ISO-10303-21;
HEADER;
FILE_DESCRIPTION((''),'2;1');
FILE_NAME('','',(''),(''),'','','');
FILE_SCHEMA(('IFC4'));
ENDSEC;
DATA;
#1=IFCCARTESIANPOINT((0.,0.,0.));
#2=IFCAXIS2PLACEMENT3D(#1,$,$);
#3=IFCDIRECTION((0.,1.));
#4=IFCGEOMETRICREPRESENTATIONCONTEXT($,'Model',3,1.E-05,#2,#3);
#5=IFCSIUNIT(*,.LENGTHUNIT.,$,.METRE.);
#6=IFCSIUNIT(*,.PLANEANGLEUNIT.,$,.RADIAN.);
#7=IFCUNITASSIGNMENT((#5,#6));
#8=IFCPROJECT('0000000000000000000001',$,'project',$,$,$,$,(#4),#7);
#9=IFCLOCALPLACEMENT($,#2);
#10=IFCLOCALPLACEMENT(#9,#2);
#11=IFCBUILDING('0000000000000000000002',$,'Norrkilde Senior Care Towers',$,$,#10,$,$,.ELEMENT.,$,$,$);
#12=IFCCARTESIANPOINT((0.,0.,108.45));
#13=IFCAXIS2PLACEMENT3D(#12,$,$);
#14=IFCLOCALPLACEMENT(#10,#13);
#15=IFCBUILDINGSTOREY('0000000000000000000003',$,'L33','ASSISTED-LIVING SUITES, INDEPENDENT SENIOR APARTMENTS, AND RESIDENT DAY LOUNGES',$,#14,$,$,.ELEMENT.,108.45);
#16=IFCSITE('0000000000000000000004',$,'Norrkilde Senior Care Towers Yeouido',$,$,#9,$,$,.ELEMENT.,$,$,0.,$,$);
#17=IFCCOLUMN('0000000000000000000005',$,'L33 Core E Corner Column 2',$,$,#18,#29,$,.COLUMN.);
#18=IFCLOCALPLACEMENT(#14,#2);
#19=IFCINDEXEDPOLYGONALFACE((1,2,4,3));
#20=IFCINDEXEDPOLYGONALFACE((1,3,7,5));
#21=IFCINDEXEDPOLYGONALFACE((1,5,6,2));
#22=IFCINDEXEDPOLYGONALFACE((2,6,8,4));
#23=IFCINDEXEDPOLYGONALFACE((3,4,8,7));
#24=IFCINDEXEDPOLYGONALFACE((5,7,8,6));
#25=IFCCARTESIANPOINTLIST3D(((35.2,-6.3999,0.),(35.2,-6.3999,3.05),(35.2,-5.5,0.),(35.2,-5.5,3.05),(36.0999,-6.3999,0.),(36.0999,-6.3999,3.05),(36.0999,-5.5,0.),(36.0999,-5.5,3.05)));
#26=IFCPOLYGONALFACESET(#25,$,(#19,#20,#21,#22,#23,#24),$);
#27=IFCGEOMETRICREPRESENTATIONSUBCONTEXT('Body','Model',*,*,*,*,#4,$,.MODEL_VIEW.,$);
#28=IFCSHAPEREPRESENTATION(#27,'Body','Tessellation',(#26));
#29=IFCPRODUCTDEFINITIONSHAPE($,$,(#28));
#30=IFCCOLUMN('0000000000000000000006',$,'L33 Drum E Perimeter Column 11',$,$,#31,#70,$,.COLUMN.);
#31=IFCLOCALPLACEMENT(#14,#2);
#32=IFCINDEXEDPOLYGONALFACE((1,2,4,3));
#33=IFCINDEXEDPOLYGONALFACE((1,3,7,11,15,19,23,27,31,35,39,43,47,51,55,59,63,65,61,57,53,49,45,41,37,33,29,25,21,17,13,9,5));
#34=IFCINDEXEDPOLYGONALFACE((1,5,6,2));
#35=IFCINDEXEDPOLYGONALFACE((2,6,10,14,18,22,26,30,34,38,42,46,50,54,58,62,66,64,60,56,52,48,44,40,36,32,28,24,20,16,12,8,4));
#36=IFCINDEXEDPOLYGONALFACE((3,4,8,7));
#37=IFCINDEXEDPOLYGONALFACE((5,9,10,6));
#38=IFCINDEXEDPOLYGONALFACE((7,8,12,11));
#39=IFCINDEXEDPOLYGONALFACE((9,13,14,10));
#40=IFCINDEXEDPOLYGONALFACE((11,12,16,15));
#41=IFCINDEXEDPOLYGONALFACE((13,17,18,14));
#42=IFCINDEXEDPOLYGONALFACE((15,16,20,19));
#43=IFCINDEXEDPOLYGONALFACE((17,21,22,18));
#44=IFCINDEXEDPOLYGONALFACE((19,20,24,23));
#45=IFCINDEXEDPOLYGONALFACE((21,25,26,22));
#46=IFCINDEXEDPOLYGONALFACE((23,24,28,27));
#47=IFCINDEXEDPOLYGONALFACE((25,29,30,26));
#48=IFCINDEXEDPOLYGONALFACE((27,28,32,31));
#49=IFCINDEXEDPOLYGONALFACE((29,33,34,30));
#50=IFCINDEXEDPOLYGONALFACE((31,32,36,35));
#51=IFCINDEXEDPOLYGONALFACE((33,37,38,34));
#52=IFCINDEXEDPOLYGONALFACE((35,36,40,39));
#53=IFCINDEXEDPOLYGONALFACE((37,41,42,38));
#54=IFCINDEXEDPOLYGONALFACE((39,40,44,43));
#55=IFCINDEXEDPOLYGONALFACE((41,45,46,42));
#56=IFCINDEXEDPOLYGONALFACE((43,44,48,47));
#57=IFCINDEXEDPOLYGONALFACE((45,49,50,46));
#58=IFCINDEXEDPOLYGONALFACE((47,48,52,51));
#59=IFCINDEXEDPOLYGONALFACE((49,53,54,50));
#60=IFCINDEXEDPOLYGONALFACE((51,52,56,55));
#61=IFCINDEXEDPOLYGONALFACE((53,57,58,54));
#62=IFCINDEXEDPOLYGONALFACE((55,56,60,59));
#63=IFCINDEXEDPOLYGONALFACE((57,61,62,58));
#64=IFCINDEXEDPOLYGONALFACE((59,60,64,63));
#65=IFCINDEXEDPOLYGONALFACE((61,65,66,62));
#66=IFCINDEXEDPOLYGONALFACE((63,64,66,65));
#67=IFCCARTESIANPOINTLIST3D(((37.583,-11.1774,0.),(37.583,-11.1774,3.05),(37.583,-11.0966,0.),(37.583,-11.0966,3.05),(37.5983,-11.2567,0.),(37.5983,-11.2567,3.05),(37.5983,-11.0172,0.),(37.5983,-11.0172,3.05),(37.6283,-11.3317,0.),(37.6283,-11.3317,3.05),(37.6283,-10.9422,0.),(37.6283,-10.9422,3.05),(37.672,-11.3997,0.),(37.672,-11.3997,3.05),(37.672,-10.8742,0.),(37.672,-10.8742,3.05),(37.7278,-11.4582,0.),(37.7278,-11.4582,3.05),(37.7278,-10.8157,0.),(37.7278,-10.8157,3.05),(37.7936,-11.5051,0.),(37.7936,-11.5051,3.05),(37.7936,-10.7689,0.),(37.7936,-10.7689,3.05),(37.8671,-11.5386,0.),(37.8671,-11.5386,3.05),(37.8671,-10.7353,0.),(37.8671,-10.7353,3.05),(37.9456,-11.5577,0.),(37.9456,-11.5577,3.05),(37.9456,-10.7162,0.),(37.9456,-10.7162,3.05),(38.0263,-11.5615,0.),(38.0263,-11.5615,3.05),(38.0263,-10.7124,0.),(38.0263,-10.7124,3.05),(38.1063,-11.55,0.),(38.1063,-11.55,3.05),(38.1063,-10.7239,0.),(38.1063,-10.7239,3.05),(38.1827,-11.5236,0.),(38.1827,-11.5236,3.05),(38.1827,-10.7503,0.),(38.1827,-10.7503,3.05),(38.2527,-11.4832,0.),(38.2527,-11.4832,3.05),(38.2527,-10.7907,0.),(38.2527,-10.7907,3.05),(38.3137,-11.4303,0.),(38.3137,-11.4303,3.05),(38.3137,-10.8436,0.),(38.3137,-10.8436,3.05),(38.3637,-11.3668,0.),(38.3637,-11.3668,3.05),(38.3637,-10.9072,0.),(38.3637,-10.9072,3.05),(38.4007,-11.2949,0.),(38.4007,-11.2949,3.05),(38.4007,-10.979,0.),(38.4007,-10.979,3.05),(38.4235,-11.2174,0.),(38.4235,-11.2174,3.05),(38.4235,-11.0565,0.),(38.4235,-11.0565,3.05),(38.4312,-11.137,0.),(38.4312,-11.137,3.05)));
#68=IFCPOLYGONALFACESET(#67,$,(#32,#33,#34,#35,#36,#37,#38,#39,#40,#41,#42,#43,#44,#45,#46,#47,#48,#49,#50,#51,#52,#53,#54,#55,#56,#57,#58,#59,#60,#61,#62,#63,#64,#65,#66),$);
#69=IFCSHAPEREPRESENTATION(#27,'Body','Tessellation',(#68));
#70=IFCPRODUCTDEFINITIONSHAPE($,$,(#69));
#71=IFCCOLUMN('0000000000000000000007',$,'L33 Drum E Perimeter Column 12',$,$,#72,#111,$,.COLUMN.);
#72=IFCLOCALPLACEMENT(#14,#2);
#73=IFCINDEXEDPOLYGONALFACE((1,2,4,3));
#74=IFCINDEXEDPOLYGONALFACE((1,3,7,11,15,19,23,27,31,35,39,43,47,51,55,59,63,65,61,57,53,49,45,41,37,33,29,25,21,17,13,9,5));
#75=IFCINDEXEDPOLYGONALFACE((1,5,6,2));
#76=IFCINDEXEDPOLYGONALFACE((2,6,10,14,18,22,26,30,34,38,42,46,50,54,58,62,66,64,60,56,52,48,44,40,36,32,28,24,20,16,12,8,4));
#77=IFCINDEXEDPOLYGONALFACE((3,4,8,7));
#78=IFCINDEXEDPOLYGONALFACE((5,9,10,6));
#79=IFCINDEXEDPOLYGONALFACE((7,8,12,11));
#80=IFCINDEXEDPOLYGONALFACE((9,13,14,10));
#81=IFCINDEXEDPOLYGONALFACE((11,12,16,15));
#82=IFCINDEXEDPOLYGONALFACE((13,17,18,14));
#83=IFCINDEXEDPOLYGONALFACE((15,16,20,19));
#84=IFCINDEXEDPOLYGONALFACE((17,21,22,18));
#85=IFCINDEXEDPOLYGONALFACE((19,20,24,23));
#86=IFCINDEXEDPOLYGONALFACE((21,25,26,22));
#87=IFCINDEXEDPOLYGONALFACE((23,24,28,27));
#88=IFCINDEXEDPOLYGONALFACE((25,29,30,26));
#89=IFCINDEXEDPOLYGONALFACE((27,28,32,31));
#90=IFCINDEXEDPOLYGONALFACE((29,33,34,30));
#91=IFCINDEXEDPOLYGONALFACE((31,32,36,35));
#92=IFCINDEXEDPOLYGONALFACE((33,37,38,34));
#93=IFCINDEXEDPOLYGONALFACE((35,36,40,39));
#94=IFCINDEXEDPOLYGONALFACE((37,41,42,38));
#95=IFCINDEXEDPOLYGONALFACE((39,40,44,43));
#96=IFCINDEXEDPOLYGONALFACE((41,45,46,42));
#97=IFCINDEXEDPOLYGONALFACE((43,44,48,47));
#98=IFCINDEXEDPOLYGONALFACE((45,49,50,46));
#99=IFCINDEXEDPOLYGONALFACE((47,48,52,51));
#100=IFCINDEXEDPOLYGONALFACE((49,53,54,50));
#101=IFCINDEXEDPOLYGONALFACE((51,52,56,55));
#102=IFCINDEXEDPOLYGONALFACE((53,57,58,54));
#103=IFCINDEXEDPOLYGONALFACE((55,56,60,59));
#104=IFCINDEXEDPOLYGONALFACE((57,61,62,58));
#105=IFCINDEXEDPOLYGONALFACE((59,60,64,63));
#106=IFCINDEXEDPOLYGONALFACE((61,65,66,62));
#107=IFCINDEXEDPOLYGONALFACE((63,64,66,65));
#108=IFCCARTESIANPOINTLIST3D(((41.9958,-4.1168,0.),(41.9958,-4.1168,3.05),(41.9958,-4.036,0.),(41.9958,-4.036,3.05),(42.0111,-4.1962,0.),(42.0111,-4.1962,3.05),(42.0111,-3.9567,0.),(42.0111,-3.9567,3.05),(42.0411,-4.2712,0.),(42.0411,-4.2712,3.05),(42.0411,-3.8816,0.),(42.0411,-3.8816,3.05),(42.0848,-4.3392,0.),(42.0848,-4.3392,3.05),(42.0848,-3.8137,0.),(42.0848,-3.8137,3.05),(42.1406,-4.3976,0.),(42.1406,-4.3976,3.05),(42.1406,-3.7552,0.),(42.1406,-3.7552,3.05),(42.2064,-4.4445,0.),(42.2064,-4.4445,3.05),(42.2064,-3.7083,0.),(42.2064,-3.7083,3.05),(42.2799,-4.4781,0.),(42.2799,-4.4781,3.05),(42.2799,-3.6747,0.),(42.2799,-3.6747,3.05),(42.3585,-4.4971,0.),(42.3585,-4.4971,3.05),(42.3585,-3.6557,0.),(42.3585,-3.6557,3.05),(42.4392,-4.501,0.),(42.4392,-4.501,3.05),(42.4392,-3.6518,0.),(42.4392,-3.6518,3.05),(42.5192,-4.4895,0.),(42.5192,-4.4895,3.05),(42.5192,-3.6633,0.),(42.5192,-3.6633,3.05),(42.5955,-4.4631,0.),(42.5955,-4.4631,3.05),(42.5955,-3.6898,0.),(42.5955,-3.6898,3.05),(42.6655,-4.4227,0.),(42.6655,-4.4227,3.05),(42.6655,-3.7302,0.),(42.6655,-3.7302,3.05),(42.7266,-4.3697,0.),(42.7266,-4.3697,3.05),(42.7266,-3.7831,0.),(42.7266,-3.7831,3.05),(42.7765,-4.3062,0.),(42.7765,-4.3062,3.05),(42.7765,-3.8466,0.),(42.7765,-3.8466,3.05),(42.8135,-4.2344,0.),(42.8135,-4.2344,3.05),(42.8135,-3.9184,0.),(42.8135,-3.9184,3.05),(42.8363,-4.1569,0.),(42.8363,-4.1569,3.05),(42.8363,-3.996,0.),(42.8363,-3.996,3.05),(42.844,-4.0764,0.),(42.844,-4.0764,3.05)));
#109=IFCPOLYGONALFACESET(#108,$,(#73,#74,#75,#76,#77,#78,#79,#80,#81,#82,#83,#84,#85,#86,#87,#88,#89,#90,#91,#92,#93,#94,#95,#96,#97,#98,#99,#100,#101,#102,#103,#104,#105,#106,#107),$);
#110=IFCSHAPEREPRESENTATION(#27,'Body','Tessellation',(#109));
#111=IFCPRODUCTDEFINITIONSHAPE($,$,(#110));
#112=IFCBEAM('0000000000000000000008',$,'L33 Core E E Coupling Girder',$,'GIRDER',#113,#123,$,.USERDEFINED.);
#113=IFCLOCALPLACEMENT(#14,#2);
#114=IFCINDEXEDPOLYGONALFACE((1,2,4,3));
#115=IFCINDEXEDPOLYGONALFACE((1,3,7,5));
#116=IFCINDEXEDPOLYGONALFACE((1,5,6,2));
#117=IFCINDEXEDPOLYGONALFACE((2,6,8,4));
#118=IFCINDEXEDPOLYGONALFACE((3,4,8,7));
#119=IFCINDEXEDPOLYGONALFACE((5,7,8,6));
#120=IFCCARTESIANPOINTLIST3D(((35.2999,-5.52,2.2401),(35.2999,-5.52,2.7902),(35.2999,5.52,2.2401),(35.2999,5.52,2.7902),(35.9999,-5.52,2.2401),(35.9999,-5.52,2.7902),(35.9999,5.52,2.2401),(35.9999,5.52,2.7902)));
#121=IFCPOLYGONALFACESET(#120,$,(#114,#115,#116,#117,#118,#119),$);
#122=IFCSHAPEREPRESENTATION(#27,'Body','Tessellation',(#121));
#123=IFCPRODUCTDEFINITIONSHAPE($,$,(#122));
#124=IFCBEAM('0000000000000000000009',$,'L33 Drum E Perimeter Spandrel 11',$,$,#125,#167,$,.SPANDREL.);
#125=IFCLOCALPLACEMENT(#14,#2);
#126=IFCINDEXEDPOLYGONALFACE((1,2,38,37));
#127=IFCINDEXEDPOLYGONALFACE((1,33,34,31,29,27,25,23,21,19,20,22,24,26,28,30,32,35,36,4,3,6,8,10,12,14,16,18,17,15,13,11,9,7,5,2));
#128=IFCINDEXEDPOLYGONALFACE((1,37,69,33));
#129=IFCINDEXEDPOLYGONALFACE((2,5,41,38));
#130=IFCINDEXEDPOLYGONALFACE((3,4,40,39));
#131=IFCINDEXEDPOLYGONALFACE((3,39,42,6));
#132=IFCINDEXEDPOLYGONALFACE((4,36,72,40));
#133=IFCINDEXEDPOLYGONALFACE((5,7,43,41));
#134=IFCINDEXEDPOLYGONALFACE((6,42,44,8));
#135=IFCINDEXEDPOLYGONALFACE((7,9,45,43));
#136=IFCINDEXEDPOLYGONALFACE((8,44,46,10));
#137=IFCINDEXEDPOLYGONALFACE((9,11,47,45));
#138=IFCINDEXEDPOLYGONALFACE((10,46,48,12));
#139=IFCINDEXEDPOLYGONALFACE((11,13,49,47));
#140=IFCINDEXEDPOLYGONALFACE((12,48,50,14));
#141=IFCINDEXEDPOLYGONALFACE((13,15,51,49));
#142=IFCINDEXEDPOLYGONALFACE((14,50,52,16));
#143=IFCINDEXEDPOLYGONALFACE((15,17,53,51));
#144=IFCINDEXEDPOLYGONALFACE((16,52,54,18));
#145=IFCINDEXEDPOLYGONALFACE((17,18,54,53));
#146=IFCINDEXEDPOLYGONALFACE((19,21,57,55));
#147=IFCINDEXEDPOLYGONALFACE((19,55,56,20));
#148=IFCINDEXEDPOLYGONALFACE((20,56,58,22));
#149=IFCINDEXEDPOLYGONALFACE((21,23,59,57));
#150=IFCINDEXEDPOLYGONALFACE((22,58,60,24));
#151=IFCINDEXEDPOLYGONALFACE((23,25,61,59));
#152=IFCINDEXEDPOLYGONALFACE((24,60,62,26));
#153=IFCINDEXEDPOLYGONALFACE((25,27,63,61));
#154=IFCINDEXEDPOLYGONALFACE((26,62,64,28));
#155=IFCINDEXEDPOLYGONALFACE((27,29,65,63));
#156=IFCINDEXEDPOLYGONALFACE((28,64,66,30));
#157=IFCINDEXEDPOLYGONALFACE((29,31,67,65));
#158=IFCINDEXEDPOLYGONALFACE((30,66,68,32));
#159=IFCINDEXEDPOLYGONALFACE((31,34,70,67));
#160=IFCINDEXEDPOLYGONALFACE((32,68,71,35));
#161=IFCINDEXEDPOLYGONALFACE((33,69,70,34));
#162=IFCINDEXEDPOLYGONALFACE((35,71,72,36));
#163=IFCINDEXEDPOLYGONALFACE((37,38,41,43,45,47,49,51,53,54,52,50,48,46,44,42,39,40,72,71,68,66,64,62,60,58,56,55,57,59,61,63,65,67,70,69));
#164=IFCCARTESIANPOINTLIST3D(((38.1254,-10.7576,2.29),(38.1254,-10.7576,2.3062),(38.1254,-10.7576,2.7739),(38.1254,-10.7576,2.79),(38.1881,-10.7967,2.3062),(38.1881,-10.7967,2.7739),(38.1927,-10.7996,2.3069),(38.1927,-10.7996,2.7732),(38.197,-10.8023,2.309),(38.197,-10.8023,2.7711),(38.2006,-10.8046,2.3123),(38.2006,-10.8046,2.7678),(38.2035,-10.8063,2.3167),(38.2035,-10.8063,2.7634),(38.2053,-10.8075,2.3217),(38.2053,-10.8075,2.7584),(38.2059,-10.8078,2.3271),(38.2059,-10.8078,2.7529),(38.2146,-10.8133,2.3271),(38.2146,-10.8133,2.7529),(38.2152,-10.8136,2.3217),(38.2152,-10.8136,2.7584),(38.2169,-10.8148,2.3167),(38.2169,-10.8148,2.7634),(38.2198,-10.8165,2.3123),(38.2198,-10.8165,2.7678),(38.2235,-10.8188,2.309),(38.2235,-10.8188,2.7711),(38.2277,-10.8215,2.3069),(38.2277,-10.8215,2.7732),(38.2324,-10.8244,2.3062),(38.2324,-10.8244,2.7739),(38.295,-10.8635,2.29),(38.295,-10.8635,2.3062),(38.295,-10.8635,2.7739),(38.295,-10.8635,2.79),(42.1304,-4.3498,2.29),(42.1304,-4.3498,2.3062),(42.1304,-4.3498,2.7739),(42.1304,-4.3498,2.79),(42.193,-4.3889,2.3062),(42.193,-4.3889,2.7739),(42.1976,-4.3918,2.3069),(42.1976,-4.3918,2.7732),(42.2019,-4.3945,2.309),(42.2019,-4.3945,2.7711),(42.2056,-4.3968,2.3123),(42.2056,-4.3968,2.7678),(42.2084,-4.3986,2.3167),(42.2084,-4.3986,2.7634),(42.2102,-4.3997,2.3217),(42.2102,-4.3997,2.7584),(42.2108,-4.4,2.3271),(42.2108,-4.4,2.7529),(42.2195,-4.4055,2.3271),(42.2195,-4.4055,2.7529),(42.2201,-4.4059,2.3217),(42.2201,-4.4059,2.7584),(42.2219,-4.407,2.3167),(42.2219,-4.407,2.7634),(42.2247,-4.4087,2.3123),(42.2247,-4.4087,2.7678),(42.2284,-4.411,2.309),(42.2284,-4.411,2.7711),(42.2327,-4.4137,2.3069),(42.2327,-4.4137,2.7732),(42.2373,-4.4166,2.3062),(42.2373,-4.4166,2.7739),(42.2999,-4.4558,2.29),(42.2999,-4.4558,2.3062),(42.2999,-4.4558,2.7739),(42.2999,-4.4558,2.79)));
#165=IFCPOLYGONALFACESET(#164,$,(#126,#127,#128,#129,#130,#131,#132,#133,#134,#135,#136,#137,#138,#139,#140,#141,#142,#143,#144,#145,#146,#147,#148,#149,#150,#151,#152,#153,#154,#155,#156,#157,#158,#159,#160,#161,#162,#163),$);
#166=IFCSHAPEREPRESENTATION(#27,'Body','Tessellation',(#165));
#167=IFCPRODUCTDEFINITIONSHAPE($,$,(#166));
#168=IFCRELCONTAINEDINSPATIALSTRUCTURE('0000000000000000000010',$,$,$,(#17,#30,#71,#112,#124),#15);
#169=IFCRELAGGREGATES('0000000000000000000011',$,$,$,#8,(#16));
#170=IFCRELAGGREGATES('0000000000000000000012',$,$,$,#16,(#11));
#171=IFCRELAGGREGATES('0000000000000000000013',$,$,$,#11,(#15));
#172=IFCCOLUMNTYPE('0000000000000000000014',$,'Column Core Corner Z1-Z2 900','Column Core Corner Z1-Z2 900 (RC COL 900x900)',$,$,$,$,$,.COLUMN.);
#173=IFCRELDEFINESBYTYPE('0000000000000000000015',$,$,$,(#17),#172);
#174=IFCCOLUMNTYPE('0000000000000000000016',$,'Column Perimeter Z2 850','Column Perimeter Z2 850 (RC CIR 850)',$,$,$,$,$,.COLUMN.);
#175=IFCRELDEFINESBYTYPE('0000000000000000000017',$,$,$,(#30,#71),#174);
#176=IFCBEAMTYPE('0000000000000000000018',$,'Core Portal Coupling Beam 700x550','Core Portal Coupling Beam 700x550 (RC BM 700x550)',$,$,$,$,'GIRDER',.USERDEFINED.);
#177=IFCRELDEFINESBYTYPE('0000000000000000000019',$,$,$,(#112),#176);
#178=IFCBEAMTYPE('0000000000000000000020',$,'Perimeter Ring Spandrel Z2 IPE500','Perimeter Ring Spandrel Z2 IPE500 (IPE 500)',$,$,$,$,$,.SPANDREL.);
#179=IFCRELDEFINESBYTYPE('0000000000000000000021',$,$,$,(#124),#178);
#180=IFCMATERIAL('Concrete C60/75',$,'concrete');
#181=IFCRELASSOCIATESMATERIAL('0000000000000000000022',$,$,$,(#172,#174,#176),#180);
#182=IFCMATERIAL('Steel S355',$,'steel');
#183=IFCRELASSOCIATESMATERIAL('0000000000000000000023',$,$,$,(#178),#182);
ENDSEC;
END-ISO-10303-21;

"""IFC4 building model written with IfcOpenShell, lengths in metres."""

from ifc_helpers import new_model, si_unit, direction, frame, origin, origin_2d, place, context, subcontext, project, spatial, rectangle, circle, i_section, extrude, source, transform, mapped, material, material_profile, profile_set, type_object, type_shapes, element, save


model = new_model("IFC4")

# Units and contexts
model_context = context("Model", 3, precision=1e-05, world=origin(), true_north=direction((0.0, 1.0)))
body_context = subcontext(model_context, "Body", "Model", "MODEL_VIEW")
ifc_project = project(units=[si_unit("LENGTHUNIT", "METRE"), si_unit("PLANEANGLEUNIT", "RADIAN")], contexts=[model_context])

# Site, building, storey
site_placement = place(None, origin())
site = spatial("IfcSite", under=ifc_project, at=site_placement, Name="Norrkilde Senior Care Towers Yeouido", CompositionType="ELEMENT", RefElevation=0.0)
building_placement = place(site_placement, origin())
building = spatial("IfcBuilding", under=site, at=building_placement, Name="Norrkilde Senior Care Towers", CompositionType="ELEMENT")
storey_placement = place(building_placement, frame((0.0, 0.0, 108.45)))
storey = spatial("IfcBuildingStorey", under=building, at=storey_placement, Name="L33", Description="ASSISTED-LIVING SUITES, INDEPENDENT SENIOR APARTMENTS, AND RESIDENT DAY LOUNGES", CompositionType="ELEMENT", Elevation=108.45)

# Columns
ifc_material_1 = material(Name="Concrete C60/75", Category="concrete")
ifc_material_profile_1 = material_profile(ifc_material_1, rectangle(XDim=0.8999, YDim=0.8999, at=origin_2d()), Name="RC COL 900x900")
ifc_profile_set_1 = profile_set([ifc_material_profile_1], Name="Concrete C60/75")
column_type_1 = type_object("IfcColumnType", Name="Column Core Corner Z1-Z2 900", Description="Column Core Corner Z1-Z2 900 (RC COL 900x900)", PredefinedType="COLUMN", material=ifc_profile_set_1)
shared_shape_1 = source(origin(), body_context, "Body", "SweptSolid", [
    extrude(rectangle(XDim=0.8999, YDim=0.8999, at=origin_2d()), origin(), (0.0, 0.0, 1.0), 3.05),
])
type_shapes(column_type_1, [shared_shape_1])
column_placement = place(storey_placement, frame((35.6499, -5.95, 0.0), z_axis=(0.0, 0.0, 1.0), x_axis=(1.0, 0.0, 0.0)))
element("IfcColumn", 1, at=column_placement, inside=storey, type_object=column_type_1, Name="L33 Core E Corner Column 2", PredefinedType="COLUMN", context=body_context, shape_type="MappedRepresentation", body=[
    mapped(shared_shape_1, transform((0.0, 0.0, 0.0), x_axis=(1.0, 0.0, 0.0), y_axis=(0.0, 1.0, 0.0), z_axis=(0.0, 0.0, 1.0), scale=1.0)),
])
ifc_material_profile_2 = material_profile(ifc_material_1, circle(Radius=0.425, at=origin_2d()), Name="RC CIR 850")
ifc_profile_set_2 = profile_set([ifc_material_profile_2], Name="Concrete C60/75")
column_type_2 = type_object("IfcColumnType", Name="Column Perimeter Z2 850", Description="Column Perimeter Z2 850 (RC CIR 850)", PredefinedType="COLUMN", material=ifc_profile_set_2)
shared_shape_2 = source(origin(), body_context, "Body", "SweptSolid", [
    extrude(circle(Radius=0.425, at=origin_2d()), origin(), (0.0, 0.0, 1.0), 3.05),
])
type_shapes(column_type_2, [shared_shape_2])
for number, where, z_axis, x_axis, name in (
    (2, (38.0061, -11.137, 0.0), (0.0, 0.0, 1.0), (1.0, 0.0, 0.0), "L33 Drum E Perimeter Column 11"),
    (3, (42.4189, -4.0764, 0.0), (0.0, 0.0, 1.0), (1.0, 0.0, 0.0), "L33 Drum E Perimeter Column 12"),
):
    element("IfcColumn", number, at=place(storey_placement, frame(where, z_axis=z_axis, x_axis=x_axis)), inside=storey, type_object=column_type_2, Name=name, PredefinedType="COLUMN", context=body_context, shape_type="MappedRepresentation", body=[
        mapped(shared_shape_2, transform((0.0, 0.0, 0.0), x_axis=(1.0, 0.0, 0.0), y_axis=(0.0, 1.0, 0.0), z_axis=(0.0, 0.0, 1.0), scale=1.0)),
    ])

# Beams
ifc_material_profile_3 = material_profile(ifc_material_1, rectangle(XDim=0.7, YDim=0.55, at=origin_2d()), Name="RC BM 700x550")
ifc_profile_set_3 = profile_set([ifc_material_profile_3], Name="Concrete C60/75")
beam_type_1 = type_object("IfcBeamType", Name="Core Portal Coupling Beam 700x550", Description="Core Portal Coupling Beam 700x550 (RC BM 700x550)", ElementType="GIRDER", PredefinedType="USERDEFINED", material=ifc_profile_set_3)
shared_shape_3 = source(origin(), body_context, "Body", "SweptSolid", [
    extrude(rectangle(XDim=0.7, YDim=0.55, at=origin_2d()), origin(), (0.0, 0.0, 1.0), 11.04),
])
type_shapes(beam_type_1, [shared_shape_3])
beam_1_placement = place(storey_placement, frame((35.6499, -5.52, 2.5151), z_axis=(0.0, 1.0, 0.0), x_axis=(-1.0, 0.0, 0.0)))
element("IfcBeam", 4, at=beam_1_placement, inside=storey, type_object=beam_type_1, Name="L33 Core E E Coupling Girder", ObjectType="GIRDER", PredefinedType="USERDEFINED", context=body_context, shape_type="MappedRepresentation", body=[
    mapped(shared_shape_3, transform((0.0, 0.0, 0.0), x_axis=(1.0, 0.0, 0.0), y_axis=(0.0, 1.0, 0.0), z_axis=(0.0, 0.0, 1.0), scale=1.0)),
])
ifc_material_2 = material(Name="Steel S355", Category="steel")
ifc_material_profile_4 = material_profile(ifc_material_2, i_section(OverallWidth=0.2, OverallDepth=0.5, WebThickness=0.0103, FlangeThickness=0.0161, FilletRadius=0.021, at=origin_2d()), Name="IPE 500")
ifc_profile_set_4 = profile_set([ifc_material_profile_4], Name="Steel S355")
beam_type_2 = type_object("IfcBeamType", Name="Perimeter Ring Spandrel Z2 IPE500", Description="Perimeter Ring Spandrel Z2 IPE500 (IPE 500)", PredefinedType="SPANDREL", material=ifc_profile_set_4)
shared_shape_4 = source(origin(), body_context, "Body", "SweptSolid", [
    extrude(i_section(OverallWidth=0.2, OverallDepth=0.5, WebThickness=0.0103, FlangeThickness=0.0161, FilletRadius=0.021, at=origin_2d()), origin(), (0.0, 0.0, 1.0), 7.5564),
])
beam_2_placement = place(storey_placement, frame((38.2102, -10.8105, 2.54), z_axis=(0.530005, 0.847995, 0.0), x_axis=(-0.847995, 0.530005, 0.0)))
element("IfcBeam", 5, at=beam_2_placement, inside=storey, type_object=beam_type_2, Name="L33 Drum E Perimeter Spandrel 11", PredefinedType="SPANDREL", context=body_context, shape_type="MappedRepresentation", body=[
    mapped(shared_shape_4, transform((0.0, 0.0, 0.0), x_axis=(1.0, 0.0, 0.0), y_axis=(0.0, 1.0, 0.0), z_axis=(0.0, 0.0, 1.0), scale=1.0)),
])

save(model, "model.ifc")
